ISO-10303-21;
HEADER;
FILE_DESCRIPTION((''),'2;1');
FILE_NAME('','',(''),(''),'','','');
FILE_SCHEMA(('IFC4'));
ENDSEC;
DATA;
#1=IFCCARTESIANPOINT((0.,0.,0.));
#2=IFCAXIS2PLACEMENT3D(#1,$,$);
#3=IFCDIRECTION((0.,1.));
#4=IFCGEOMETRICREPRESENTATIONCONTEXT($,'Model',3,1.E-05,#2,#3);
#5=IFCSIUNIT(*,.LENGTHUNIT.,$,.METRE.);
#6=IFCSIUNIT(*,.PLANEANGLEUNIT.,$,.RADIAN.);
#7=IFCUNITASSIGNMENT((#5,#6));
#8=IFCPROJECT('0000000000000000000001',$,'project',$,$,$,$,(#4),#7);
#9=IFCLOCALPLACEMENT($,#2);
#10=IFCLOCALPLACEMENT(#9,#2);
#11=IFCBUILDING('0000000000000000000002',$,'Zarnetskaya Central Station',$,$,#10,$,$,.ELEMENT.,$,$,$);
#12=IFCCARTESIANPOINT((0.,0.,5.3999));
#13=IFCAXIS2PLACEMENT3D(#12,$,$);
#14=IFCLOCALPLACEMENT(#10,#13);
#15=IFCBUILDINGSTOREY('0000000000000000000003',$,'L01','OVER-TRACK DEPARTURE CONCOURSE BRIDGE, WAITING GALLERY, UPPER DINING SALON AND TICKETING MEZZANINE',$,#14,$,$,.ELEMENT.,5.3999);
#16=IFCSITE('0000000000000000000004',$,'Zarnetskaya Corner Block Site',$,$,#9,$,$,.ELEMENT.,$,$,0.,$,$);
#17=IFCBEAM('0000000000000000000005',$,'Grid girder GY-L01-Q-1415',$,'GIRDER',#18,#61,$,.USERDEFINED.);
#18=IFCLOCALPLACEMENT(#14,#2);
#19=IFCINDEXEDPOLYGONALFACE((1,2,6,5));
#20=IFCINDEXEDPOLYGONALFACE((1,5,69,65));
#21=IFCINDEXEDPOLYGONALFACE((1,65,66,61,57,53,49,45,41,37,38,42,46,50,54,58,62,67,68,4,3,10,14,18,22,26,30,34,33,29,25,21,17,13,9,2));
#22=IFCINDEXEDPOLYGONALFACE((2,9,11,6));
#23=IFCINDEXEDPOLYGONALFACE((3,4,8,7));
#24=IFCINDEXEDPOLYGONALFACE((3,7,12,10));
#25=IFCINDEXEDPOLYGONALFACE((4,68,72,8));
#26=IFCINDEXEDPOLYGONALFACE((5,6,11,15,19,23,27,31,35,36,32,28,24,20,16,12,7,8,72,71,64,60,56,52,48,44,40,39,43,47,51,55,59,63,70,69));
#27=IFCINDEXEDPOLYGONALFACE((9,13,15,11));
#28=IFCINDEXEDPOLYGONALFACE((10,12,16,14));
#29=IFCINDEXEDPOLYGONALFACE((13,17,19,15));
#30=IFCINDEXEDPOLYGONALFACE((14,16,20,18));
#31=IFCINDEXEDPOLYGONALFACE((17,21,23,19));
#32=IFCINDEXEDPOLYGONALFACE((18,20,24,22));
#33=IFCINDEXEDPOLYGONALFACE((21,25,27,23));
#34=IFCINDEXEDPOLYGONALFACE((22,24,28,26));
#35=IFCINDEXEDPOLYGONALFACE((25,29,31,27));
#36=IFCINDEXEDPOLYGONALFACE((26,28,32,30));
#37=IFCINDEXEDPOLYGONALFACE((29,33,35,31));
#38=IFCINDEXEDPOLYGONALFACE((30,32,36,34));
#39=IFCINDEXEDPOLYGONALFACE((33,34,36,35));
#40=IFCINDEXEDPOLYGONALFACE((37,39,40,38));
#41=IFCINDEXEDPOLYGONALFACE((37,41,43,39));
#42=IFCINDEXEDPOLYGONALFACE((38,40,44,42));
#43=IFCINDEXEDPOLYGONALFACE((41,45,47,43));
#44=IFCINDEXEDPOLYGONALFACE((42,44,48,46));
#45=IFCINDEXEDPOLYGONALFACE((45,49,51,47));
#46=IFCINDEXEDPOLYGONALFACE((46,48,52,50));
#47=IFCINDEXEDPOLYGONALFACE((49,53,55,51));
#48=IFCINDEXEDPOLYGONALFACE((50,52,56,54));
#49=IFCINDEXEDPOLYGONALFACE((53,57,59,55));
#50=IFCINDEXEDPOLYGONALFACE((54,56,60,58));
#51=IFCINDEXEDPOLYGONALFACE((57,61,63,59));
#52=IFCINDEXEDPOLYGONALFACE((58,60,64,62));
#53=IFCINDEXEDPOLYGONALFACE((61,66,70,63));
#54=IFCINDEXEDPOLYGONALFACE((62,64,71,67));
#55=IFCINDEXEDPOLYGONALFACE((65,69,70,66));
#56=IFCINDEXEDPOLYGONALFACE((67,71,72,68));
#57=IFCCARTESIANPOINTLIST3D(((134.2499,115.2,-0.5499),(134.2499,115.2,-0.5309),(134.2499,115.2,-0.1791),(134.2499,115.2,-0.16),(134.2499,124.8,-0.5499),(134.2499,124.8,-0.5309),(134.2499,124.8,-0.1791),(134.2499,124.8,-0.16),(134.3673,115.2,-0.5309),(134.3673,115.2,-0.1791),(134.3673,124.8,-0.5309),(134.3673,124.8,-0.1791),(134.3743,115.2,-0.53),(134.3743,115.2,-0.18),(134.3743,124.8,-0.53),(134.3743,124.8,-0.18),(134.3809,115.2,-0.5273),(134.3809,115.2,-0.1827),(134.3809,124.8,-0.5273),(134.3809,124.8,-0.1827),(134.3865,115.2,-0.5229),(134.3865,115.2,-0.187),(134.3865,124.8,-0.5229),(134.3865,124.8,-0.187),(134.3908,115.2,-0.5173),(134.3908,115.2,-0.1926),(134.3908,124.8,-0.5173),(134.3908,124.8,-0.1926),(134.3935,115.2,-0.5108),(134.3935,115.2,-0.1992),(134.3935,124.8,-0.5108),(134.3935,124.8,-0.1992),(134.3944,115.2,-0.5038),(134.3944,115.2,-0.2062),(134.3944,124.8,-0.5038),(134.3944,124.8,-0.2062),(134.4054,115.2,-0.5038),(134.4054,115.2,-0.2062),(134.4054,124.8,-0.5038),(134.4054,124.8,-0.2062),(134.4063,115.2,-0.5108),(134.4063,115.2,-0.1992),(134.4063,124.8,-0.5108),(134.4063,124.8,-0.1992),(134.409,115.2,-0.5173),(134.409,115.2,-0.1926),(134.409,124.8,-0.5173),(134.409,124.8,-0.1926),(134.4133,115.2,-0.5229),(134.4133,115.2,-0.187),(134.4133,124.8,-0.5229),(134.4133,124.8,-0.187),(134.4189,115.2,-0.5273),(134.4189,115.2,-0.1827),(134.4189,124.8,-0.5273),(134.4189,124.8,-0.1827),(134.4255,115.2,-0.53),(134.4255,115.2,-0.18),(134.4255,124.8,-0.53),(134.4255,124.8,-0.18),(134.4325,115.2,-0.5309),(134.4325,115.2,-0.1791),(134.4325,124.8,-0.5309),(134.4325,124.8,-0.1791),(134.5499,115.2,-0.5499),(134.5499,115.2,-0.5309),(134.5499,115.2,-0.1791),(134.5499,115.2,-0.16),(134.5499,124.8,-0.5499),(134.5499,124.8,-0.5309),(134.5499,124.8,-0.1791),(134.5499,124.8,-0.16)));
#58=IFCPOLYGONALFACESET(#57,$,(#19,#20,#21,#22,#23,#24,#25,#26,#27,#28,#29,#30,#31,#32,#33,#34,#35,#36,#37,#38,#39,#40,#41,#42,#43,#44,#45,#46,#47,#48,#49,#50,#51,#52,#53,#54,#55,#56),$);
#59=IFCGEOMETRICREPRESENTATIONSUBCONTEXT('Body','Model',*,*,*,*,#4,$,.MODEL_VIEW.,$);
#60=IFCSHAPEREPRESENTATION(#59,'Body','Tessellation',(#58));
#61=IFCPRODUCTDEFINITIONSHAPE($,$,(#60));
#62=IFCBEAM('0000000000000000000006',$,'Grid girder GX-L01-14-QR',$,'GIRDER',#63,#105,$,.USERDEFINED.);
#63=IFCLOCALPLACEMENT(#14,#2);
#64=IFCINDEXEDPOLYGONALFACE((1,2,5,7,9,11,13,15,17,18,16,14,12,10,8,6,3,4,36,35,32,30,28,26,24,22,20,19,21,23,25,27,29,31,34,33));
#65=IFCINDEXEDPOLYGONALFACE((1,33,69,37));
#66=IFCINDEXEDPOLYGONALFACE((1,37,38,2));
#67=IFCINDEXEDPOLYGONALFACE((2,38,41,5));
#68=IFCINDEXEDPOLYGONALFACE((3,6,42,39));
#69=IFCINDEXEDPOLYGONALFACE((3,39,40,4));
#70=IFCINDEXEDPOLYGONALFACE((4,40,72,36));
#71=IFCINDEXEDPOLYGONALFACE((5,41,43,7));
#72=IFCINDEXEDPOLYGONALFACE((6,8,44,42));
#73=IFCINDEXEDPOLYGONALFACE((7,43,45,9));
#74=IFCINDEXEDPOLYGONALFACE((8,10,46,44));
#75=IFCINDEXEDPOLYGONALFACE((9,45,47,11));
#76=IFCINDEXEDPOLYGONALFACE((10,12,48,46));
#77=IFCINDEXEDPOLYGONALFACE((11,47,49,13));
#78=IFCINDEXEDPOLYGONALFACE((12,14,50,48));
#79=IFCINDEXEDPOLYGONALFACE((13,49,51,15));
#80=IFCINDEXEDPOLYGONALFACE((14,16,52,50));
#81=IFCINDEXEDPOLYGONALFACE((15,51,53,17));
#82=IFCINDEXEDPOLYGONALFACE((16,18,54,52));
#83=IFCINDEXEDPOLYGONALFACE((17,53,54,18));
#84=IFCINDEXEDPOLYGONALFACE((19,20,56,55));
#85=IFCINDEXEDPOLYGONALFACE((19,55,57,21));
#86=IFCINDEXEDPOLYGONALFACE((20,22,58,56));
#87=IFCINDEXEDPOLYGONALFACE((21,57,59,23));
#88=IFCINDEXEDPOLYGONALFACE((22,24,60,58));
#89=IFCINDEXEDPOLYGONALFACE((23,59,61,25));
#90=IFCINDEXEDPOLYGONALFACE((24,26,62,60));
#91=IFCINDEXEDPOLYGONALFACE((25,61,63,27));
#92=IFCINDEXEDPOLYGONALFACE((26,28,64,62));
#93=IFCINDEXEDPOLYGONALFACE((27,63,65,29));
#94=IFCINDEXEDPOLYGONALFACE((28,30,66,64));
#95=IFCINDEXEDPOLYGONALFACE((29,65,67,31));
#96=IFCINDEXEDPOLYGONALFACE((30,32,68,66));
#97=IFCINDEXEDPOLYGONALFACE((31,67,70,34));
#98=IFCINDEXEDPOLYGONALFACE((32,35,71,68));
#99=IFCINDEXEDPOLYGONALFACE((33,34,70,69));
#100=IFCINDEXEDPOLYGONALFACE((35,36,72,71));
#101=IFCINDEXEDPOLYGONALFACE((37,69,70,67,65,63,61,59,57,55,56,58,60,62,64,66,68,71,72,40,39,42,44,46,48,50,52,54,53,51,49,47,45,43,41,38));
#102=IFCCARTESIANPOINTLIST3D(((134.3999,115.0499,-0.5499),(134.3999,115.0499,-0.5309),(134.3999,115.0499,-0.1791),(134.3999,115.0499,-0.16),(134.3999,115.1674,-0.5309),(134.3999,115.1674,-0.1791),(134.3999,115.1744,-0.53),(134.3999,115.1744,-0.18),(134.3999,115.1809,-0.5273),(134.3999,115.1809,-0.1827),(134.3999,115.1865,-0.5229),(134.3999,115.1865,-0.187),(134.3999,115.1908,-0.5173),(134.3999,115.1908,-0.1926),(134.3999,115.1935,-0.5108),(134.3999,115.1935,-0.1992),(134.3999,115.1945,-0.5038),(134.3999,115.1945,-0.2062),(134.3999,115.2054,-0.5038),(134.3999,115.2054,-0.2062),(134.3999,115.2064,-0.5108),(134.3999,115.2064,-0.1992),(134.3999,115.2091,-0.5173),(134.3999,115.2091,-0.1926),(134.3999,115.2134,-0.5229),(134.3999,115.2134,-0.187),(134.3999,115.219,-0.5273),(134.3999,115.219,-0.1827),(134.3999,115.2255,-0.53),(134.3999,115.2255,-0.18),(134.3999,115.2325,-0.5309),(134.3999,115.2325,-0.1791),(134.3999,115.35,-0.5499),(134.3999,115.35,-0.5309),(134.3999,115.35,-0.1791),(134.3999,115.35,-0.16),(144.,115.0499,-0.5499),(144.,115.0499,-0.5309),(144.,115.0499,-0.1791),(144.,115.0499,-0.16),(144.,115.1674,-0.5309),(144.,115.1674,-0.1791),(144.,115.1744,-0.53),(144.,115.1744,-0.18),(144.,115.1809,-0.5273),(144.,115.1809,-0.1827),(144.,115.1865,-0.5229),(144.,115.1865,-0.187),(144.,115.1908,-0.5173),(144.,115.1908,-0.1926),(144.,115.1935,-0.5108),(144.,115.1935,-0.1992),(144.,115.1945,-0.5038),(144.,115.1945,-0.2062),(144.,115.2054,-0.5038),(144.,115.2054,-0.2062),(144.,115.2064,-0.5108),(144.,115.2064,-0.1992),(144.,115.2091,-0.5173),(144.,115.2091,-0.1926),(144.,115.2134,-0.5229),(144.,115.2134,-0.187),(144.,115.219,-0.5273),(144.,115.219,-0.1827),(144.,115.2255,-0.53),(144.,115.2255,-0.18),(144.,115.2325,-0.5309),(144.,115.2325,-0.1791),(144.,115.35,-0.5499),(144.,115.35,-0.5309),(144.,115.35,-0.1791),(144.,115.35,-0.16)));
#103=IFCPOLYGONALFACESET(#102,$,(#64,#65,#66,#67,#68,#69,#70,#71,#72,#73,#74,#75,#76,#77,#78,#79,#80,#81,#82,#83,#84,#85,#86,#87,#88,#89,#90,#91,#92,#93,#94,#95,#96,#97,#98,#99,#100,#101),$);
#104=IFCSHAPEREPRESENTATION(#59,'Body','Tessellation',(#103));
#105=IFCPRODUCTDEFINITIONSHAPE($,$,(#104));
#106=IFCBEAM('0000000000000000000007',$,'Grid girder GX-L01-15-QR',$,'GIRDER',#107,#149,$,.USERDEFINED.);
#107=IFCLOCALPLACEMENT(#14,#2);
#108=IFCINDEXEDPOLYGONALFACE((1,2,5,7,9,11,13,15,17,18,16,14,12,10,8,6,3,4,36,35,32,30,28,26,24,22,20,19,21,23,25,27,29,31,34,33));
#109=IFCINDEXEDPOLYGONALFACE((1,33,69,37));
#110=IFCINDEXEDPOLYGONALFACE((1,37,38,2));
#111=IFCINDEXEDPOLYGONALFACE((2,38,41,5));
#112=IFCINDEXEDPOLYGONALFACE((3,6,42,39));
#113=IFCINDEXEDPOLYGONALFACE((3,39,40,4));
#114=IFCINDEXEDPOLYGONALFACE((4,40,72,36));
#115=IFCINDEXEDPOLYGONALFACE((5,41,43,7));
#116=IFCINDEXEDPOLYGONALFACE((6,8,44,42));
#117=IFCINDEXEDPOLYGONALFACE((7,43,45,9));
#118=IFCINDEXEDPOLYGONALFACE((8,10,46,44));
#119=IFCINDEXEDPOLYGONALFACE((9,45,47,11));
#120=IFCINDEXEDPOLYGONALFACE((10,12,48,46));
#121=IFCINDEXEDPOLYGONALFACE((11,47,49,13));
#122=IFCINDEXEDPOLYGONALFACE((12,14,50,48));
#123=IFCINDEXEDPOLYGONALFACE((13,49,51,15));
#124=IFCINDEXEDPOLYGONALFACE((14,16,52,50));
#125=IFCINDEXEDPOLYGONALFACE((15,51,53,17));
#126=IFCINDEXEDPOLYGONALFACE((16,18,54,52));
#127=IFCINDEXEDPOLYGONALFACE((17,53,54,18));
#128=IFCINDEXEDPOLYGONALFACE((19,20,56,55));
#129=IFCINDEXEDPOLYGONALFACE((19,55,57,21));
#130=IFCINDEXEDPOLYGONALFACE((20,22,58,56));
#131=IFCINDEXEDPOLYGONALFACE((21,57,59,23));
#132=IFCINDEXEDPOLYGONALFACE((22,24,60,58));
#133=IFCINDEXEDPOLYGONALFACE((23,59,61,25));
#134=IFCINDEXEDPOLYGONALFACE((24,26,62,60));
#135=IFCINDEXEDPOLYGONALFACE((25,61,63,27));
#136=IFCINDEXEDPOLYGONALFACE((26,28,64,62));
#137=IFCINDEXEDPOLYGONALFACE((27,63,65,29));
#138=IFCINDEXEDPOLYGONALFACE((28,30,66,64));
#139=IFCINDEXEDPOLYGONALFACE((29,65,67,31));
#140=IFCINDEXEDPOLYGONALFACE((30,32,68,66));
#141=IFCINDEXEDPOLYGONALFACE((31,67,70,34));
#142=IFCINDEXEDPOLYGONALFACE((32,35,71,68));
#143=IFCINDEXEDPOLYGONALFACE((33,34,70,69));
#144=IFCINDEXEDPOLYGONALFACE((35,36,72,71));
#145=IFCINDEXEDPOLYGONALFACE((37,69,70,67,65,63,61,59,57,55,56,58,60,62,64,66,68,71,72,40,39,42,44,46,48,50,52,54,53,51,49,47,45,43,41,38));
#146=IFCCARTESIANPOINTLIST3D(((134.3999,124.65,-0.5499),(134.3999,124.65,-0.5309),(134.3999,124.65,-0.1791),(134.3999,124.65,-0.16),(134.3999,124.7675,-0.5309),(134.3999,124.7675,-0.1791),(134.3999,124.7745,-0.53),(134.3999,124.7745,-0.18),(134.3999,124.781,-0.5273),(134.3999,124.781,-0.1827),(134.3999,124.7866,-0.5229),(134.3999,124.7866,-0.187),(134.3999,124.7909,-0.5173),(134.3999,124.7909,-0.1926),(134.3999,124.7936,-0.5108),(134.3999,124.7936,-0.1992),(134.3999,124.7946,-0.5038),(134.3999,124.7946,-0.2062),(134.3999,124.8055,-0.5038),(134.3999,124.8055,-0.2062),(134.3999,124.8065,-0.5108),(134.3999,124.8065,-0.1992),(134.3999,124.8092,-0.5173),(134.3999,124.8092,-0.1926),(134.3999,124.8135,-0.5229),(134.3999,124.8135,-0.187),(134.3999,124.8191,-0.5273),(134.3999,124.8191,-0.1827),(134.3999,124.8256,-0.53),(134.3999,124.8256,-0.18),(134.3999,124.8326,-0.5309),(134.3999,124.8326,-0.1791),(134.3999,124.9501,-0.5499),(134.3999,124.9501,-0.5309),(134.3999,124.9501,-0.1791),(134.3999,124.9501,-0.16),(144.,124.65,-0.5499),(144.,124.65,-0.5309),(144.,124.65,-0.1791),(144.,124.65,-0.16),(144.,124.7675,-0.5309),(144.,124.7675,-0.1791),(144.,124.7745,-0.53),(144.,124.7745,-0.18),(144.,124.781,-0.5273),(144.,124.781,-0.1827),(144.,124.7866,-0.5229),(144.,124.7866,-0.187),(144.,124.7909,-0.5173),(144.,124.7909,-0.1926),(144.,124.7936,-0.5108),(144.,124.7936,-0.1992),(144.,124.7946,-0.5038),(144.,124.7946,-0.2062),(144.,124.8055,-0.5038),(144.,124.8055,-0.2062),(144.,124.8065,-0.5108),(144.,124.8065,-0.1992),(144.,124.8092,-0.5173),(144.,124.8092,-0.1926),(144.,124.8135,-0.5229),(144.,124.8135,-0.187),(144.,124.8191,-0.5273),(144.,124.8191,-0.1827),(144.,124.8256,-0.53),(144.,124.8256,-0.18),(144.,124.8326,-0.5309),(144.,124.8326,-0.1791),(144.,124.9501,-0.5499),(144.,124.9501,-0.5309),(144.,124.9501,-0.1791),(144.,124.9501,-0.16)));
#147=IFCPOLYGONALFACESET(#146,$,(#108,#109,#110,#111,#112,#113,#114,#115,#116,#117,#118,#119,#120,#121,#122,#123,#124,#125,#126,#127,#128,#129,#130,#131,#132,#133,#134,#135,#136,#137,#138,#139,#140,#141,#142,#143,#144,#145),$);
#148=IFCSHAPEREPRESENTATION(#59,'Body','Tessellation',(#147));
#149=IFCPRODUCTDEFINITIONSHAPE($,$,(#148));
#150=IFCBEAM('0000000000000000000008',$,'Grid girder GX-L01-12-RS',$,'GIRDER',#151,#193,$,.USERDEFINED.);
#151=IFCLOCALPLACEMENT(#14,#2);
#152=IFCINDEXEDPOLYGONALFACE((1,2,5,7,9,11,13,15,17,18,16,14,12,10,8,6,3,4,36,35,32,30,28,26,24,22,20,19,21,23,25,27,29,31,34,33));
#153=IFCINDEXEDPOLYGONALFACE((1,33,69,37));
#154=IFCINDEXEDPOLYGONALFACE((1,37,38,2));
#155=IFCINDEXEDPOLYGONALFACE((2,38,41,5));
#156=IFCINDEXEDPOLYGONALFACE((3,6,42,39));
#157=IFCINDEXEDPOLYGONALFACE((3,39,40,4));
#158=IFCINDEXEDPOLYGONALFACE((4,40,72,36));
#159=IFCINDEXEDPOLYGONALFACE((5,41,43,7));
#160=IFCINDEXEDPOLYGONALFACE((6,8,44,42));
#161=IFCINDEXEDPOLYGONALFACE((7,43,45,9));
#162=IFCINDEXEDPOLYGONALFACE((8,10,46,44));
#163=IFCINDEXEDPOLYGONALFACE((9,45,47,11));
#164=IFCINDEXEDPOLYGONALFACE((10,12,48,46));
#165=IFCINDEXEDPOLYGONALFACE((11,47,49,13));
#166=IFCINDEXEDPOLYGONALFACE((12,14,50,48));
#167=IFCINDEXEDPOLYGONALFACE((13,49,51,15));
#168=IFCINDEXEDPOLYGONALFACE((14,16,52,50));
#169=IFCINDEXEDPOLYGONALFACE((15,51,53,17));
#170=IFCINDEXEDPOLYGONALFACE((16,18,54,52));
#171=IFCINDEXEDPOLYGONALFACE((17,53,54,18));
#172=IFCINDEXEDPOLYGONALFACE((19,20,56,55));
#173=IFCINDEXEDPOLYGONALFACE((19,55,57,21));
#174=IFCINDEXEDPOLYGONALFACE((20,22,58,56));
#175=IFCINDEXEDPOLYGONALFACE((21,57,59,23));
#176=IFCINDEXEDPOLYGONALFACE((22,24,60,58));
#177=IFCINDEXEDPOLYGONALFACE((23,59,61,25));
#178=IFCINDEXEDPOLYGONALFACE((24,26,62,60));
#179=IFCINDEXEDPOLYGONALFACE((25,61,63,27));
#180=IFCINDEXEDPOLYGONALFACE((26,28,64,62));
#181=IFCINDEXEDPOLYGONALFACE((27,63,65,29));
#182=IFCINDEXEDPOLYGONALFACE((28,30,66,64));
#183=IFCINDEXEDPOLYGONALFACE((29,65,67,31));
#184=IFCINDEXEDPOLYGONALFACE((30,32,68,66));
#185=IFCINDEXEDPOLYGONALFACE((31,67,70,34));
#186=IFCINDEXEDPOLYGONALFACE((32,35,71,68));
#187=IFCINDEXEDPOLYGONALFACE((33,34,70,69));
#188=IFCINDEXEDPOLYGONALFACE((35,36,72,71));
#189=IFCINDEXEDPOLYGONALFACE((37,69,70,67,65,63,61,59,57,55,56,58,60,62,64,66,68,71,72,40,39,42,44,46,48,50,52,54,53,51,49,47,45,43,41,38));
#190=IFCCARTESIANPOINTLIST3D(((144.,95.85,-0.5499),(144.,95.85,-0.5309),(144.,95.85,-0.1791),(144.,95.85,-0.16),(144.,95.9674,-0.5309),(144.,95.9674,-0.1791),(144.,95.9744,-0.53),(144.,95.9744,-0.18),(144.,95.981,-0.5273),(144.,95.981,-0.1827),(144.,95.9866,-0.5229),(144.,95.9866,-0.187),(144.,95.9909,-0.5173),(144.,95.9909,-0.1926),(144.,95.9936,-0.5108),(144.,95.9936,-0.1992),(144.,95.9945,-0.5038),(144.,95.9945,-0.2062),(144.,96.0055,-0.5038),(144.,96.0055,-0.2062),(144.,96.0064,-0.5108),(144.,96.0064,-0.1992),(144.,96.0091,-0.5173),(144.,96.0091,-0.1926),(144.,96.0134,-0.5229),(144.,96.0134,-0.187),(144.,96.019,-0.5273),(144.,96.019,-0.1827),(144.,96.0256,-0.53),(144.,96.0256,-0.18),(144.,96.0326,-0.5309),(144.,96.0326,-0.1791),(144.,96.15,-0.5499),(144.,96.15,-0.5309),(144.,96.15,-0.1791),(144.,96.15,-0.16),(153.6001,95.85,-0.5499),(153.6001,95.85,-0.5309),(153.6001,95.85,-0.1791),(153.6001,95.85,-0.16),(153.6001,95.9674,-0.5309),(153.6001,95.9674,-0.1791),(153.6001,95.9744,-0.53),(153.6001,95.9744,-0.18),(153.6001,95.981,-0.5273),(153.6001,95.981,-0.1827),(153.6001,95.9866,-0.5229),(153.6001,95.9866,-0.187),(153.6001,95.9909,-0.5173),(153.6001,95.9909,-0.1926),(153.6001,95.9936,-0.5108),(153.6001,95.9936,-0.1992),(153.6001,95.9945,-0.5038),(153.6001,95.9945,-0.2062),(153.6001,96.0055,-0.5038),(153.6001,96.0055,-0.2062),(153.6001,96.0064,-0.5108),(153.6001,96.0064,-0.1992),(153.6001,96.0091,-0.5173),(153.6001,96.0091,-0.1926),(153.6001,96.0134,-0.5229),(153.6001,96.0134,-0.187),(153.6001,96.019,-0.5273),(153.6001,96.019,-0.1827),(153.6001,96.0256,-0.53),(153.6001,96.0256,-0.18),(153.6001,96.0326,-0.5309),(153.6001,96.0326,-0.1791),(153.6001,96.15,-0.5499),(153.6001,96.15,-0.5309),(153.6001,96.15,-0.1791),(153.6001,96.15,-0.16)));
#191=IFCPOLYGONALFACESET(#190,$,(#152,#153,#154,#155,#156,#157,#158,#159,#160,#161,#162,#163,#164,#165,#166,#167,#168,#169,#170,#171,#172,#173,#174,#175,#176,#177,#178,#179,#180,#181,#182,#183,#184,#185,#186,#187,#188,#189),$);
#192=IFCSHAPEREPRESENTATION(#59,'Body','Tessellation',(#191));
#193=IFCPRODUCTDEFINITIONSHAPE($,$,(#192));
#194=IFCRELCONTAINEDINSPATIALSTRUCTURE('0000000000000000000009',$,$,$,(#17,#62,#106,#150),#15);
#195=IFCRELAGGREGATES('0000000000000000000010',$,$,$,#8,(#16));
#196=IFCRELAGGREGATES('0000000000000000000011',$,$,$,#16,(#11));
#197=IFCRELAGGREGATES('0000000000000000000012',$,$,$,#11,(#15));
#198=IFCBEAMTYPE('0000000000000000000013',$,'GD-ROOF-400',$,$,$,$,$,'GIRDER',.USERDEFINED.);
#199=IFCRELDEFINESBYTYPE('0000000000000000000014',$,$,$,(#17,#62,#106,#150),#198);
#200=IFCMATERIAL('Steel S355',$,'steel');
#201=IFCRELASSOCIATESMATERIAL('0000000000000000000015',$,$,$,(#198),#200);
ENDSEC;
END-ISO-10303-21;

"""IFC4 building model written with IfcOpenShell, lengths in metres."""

from ifc_helpers import new_model, si_unit, direction, frame, origin, origin_2d, place, context, subcontext, project, spatial, i_section, extrude, material, material_profile, profile_set, type_object, element, save


model = new_model("IFC4")

# Units and contexts
model_context = context("Model", 3, precision=1e-05, world=origin(), true_north=direction((0.0, 1.0)))
body_context = subcontext(model_context, "Body", "Model", "MODEL_VIEW")
ifc_project = project(units=[si_unit("LENGTHUNIT", "METRE"), si_unit("PLANEANGLEUNIT", "RADIAN")], contexts=[model_context])

# Site, building, storey
site_placement = place(None, origin())
site = spatial("IfcSite", under=ifc_project, at=site_placement, Name="Zarnetskaya Corner Block Site", CompositionType="ELEMENT", RefElevation=0.0)
building_placement = place(site_placement, origin())
building = spatial("IfcBuilding", under=site, at=building_placement, Name="Zarnetskaya Central Station", CompositionType="ELEMENT")
storey_placement = place(building_placement, frame((0.0, 0.0, 5.3999)))
storey = spatial("IfcBuildingStorey", under=building, at=storey_placement, Name="L01", Description="OVER-TRACK DEPARTURE CONCOURSE BRIDGE, WAITING GALLERY, UPPER DINING SALON AND TICKETING MEZZANINE", CompositionType="ELEMENT", Elevation=5.3999)

# Shared definitions
ifc_material = material(Name="Steel S355", Category="steel")

# Beams
ifc_material_profile_1 = material_profile(ifc_material, i_section(OverallWidth=0.3, OverallDepth=0.3899, WebThickness=0.011, FlangeThickness=0.019, FilletRadius=0.0271, at=origin_2d()), Name="HEA 400")
ifc_profile_set_1 = profile_set([ifc_material_profile_1], Name="Steel S355")
beam_type_1 = type_object("IfcBeamType", Name="GD-ROOF-400", ElementType="GIRDER", PredefinedType="USERDEFINED", material=ifc_profile_set_1)
for number, where, z_axis, x_axis, name in (
    (1, (134.3999, 115.2, -0.355), (0.0, 1.0, 0.0), (-1.0, 0.0, 0.0), "Grid girder GY-L01-Q-1415"),
    (2, (134.3999, 115.2, -0.355), (1.0, 0.0, 0.0), (0.0, 1.0, 0.0), "Grid girder GX-L01-14-QR"),
    (3, (134.3999, 124.8, -0.355), (1.0, 0.0, 0.0), (0.0, 1.0, 0.0), "Grid girder GX-L01-15-QR"),
    (4, (144.0, 96.0, -0.355), (1.0, 0.0, 0.0), (0.0, 1.0, 0.0), "Grid girder GX-L01-12-RS"),
):
    element("IfcBeam", number, at=place(storey_placement, frame(where, z_axis=z_axis, x_axis=x_axis)), inside=storey, type_object=beam_type_1, Name=name, ObjectType="GIRDER", PredefinedType="USERDEFINED", context=body_context, shape_type="SweptSolid", body=[
        extrude(i_section(OverallWidth=0.3, OverallDepth=0.3899, WebThickness=0.011, FlangeThickness=0.019, FilletRadius=0.0271, at=origin_2d()), origin(), (0.0, 0.0, 1.0), 9.6001),
    ])

save(model, "model.ifc")
